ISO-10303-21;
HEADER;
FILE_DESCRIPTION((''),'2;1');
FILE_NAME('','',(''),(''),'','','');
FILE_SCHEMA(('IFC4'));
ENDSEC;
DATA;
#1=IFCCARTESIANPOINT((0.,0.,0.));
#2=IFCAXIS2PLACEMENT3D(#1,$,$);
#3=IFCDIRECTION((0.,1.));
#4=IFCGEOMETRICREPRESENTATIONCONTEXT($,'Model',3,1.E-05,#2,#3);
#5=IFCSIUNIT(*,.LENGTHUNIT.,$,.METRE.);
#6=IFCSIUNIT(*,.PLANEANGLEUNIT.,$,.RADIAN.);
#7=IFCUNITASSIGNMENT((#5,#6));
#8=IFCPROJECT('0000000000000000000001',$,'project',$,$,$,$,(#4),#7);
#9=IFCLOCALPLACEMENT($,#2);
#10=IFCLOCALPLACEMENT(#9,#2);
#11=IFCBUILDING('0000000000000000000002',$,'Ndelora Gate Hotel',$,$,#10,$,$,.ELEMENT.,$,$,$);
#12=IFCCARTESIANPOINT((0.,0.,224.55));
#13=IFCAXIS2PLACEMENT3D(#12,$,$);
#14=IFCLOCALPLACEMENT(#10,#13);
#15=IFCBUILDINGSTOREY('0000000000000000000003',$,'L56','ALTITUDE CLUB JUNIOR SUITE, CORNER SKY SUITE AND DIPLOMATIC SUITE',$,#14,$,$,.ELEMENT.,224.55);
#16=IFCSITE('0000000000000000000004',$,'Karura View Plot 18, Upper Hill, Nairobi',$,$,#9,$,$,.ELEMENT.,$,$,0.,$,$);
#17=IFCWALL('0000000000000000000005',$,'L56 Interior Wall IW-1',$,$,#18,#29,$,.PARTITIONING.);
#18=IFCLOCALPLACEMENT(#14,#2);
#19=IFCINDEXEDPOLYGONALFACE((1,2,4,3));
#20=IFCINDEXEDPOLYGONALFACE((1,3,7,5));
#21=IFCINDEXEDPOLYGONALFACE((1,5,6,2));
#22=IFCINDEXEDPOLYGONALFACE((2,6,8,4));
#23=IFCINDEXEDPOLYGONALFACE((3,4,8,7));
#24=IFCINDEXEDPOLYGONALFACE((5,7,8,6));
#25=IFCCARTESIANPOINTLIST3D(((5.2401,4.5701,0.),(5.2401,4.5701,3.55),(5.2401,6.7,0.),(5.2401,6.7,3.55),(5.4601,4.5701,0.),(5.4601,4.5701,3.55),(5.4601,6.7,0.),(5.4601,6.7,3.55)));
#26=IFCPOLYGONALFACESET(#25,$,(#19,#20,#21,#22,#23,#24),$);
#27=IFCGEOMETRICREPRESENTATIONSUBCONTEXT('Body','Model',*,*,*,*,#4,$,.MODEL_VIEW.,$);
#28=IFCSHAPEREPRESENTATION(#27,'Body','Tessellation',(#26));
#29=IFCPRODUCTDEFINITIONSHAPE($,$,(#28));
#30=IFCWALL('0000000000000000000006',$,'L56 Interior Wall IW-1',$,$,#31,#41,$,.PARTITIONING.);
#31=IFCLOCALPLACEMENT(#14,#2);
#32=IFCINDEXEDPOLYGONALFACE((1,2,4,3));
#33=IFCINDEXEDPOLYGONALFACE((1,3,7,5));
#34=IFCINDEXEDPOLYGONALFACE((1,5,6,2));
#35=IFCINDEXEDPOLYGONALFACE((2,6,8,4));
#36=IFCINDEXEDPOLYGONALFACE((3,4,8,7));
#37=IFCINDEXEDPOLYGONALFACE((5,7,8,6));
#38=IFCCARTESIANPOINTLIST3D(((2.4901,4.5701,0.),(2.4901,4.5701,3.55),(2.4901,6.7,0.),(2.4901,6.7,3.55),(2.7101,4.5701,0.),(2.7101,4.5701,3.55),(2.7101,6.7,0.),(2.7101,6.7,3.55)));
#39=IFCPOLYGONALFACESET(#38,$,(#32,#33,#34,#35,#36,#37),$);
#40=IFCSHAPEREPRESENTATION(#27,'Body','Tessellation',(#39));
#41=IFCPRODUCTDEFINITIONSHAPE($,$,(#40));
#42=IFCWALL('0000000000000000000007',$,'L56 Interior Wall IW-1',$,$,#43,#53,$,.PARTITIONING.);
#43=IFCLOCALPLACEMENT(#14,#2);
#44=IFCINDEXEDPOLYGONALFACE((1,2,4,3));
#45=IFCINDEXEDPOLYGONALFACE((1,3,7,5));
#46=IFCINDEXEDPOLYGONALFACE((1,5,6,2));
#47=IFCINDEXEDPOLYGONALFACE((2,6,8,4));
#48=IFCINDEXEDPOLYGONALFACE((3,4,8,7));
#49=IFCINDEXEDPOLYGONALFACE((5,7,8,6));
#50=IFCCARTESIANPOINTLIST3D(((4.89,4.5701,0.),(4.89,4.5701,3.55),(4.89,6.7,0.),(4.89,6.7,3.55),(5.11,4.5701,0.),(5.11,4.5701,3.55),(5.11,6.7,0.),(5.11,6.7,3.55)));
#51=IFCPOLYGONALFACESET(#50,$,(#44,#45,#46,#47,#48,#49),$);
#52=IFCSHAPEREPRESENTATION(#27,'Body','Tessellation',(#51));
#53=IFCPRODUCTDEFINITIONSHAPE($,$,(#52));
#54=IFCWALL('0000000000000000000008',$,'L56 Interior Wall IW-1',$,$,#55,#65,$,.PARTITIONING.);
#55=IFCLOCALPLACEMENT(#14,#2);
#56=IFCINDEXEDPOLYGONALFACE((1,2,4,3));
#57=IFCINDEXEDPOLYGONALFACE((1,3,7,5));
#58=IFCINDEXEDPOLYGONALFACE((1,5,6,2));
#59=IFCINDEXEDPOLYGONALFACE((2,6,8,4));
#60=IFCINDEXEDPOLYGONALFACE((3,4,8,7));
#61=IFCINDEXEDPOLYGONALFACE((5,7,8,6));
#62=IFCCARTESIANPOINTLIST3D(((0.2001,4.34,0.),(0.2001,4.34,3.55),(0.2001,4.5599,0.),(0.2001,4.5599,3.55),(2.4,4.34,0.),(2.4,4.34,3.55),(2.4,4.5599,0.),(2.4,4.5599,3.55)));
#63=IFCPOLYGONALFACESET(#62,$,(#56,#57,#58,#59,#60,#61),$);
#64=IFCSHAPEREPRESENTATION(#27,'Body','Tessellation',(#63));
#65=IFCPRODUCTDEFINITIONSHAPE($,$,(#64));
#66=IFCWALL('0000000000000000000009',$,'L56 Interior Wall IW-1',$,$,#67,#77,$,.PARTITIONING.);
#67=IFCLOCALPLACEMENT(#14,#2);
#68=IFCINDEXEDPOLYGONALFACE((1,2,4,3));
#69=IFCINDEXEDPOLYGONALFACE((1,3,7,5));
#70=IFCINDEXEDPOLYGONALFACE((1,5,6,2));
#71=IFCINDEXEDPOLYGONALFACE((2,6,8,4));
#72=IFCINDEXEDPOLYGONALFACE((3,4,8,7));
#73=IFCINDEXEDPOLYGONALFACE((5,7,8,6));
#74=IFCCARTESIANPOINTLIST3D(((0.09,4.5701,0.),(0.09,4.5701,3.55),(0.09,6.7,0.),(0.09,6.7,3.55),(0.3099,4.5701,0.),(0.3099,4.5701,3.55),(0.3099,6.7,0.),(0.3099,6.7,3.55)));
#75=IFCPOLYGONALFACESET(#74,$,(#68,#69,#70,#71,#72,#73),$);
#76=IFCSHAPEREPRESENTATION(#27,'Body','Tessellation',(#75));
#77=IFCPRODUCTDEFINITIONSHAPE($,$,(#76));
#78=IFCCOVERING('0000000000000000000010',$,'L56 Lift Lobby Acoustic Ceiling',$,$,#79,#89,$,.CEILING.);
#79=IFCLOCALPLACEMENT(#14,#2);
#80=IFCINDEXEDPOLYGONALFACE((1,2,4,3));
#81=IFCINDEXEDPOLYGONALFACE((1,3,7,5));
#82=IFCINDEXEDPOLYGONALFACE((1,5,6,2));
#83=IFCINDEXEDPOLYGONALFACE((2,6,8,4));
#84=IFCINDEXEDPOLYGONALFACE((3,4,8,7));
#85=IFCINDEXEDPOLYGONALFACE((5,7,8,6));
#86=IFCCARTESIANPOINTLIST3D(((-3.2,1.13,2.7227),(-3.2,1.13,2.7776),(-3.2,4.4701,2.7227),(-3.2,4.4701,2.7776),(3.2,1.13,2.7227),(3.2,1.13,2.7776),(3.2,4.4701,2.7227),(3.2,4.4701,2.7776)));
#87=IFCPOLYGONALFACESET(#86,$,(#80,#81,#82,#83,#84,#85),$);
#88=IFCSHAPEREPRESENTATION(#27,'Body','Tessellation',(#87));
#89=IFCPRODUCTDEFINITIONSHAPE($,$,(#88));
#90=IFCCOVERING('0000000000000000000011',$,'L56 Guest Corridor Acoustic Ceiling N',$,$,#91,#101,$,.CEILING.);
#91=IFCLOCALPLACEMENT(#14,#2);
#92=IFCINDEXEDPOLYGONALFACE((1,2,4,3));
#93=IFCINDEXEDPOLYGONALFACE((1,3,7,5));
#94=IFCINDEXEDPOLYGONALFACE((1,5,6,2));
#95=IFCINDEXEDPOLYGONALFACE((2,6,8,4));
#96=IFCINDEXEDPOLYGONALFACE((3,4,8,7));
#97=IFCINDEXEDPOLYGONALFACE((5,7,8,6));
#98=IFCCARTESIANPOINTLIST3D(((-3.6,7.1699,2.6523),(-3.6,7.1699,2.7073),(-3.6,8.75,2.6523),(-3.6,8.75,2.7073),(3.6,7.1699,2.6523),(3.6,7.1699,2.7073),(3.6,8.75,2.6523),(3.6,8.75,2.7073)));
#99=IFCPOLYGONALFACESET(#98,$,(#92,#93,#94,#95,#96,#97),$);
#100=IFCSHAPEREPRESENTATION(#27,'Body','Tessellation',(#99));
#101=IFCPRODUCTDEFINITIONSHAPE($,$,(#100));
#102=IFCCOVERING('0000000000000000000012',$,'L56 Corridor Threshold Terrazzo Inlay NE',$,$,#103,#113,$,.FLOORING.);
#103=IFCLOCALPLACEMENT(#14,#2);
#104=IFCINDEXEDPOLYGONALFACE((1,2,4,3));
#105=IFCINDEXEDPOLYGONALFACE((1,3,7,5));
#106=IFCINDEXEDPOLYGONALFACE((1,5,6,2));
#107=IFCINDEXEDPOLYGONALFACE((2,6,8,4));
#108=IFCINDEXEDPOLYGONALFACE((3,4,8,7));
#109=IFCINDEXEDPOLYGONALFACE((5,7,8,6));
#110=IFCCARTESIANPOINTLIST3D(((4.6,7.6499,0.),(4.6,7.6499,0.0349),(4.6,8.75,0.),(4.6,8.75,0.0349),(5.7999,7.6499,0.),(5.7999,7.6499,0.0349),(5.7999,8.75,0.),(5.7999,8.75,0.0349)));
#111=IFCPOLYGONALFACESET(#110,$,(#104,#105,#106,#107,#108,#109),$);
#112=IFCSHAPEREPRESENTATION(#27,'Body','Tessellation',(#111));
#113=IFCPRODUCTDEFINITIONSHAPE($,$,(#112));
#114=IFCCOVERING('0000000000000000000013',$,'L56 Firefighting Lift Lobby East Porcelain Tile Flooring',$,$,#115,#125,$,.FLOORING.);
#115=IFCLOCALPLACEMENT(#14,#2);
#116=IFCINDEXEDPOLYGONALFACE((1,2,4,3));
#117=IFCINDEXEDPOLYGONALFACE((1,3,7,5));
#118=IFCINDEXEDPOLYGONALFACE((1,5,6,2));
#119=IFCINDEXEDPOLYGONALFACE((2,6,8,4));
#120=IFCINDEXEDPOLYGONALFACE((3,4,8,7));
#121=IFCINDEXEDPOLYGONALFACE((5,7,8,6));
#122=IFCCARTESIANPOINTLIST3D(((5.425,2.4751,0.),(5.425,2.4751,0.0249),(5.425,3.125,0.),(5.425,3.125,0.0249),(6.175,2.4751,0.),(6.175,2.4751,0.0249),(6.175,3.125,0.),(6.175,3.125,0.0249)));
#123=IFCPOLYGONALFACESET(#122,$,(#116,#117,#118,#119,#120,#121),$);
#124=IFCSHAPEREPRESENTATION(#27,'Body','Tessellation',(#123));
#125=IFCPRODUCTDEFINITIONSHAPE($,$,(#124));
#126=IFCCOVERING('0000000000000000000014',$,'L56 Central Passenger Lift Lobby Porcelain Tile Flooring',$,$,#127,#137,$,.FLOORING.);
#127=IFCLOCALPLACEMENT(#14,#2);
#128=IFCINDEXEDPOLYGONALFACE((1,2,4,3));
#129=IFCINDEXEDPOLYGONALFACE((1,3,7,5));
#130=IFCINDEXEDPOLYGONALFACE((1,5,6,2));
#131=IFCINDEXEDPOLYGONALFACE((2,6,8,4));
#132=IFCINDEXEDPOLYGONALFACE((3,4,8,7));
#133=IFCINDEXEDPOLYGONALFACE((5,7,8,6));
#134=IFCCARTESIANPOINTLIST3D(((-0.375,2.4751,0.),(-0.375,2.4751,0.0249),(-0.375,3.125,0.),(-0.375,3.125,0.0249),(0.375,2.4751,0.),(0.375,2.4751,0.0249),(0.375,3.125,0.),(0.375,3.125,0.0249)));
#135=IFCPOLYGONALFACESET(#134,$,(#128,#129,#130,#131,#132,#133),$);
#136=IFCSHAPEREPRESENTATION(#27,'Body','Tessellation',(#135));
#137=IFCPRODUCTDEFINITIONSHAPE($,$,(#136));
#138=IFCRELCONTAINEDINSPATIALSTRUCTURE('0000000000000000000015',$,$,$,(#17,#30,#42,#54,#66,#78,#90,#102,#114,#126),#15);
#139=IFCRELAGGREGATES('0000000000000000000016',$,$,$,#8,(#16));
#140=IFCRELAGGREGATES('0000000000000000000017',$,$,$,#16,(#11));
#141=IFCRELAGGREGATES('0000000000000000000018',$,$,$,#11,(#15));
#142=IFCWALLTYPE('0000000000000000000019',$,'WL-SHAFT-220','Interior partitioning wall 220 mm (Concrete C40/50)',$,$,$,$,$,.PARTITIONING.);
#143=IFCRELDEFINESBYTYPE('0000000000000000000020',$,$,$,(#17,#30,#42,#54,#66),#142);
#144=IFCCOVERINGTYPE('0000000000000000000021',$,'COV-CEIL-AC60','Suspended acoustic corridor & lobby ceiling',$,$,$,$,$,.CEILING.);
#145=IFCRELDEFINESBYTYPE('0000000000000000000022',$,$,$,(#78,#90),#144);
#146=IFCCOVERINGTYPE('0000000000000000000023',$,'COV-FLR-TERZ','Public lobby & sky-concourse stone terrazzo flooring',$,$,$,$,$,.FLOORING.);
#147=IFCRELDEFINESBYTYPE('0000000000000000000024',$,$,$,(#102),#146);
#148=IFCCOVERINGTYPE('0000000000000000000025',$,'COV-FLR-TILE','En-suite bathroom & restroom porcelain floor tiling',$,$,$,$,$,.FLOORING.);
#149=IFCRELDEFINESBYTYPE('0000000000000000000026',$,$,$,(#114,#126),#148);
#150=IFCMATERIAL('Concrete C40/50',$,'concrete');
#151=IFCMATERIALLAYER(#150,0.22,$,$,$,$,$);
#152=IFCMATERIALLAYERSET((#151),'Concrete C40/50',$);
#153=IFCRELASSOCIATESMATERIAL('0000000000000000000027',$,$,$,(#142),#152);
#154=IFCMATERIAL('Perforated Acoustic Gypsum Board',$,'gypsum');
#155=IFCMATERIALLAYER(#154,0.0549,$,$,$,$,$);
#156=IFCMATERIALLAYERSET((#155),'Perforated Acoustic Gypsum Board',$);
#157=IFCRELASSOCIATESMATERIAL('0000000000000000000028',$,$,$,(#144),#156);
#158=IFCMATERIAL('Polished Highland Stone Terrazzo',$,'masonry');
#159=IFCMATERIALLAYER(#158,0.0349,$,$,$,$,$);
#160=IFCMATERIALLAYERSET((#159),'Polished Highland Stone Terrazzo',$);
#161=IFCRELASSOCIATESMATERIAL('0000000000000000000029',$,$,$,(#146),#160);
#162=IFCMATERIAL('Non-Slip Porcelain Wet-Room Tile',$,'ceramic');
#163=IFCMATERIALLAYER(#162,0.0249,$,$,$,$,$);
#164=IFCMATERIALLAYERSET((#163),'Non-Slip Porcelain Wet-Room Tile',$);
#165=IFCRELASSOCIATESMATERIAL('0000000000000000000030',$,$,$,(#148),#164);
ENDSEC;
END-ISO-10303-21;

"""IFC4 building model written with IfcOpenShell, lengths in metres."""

from ifc_helpers import new_model, si_unit, direction, frame, frame_2d, origin, origin_2d, place, context, subcontext, project, spatial, rectangle, extrude, material, layer, layer_set, type_object, element, save


model = new_model("IFC4")

# Units and contexts
model_context = context("Model", 3, precision=1e-05, world=origin(), true_north=direction((0.0, 1.0)))
body_context = subcontext(model_context, "Body", "Model", "MODEL_VIEW")
ifc_project = project(units=[si_unit("LENGTHUNIT", "METRE"), si_unit("PLANEANGLEUNIT", "RADIAN")], contexts=[model_context])

# Site, building, storey
site_placement = place(None, origin())
site = spatial("IfcSite", under=ifc_project, at=site_placement, Name="Karura View Plot 18, Upper Hill, Nairobi", CompositionType="ELEMENT", RefElevation=0.0)
building_placement = place(site_placement, origin())
building = spatial("IfcBuilding", under=site, at=building_placement, Name="Ndelora Gate Hotel", CompositionType="ELEMENT")
storey_placement = place(building_placement, frame((0.0, 0.0, 224.55)))
storey = spatial("IfcBuildingStorey", under=building, at=storey_placement, Name="L56", Description="ALTITUDE CLUB JUNIOR SUITE, CORNER SKY SUITE AND DIPLOMATIC SUITE", CompositionType="ELEMENT", Elevation=224.55)

# Shared definitions
ifc_material_1 = material(Name="Concrete C40/50", Category="concrete")

# Shared definitions
ifc_layer_1 = layer(ifc_material_1, 0.22)
ifc_layer_set_1 = layer_set([ifc_layer_1], Name="Concrete C40/50")
wall_type_1 = type_object("IfcWallType", Name="WL-SHAFT-220", Description="Interior partitioning wall 220 mm (Concrete C40/50)", PredefinedType="PARTITIONING", material=ifc_layer_set_1)

# Wall
wall_1_placement = place(storey_placement, frame((5.3501, 4.5701, 0.0), z_axis=(0.0, 0.0, 1.0), x_axis=(0.0, 1.0, 0.0)))
element("IfcWall", 1, at=wall_1_placement, inside=storey, type_object=wall_type_1, Name="L56 Interior Wall IW-1", PredefinedType="PARTITIONING", context=body_context, shape_type="SweptSolid", body=[
    extrude(rectangle(XDim=2.1299, YDim=0.22, at=frame_2d((1.0649, 0.0))), origin(), (0.0, 0.0, 1.0), 3.55),
])

# Walls
for number, where, z_axis, x_axis, name in (
    (2, (2.6001, 4.5701, 0.0), (0.0, 0.0, 1.0), (0.0, 1.0, 0.0), "L56 Interior Wall IW-1"),
    (3, (5.0, 4.5701, 0.0), (0.0, 0.0, 1.0), (0.0, 1.0, 0.0), "L56 Interior Wall IW-1"),
):
    element("IfcWall", number, at=place(storey_placement, frame(where, z_axis=z_axis, x_axis=x_axis)), inside=storey, type_object=wall_type_1, Name=name, PredefinedType="PARTITIONING", context=body_context, shape_type="SweptSolid", body=[
        extrude(rectangle(XDim=2.1299, YDim=0.22, at=frame_2d((1.0649, 0.0))), origin(), (0.0, 0.0, 1.0), 3.55),
    ])
wall_2_placement = place(storey_placement, frame((0.2, 4.45, 0.0), z_axis=(0.0, 0.0, 1.0), x_axis=(1.0, 0.0, 0.0)))
element("IfcWall", 4, at=wall_2_placement, inside=storey, type_object=wall_type_1, Name="L56 Interior Wall IW-1", PredefinedType="PARTITIONING", context=body_context, shape_type="SweptSolid", body=[
    extrude(rectangle(XDim=2.2, YDim=0.22, at=frame_2d((1.1001, 0.0))), origin(), (0.0, 0.0, 1.0), 3.55),
])
wall_3_placement = place(storey_placement, frame((0.2, 4.5701, 0.0), z_axis=(0.0, 0.0, 1.0), x_axis=(0.0, 1.0, 0.0)))
element("IfcWall", 5, at=wall_3_placement, inside=storey, type_object=wall_type_1, Name="L56 Interior Wall IW-1", PredefinedType="PARTITIONING", context=body_context, shape_type="SweptSolid", body=[
    extrude(rectangle(XDim=2.1299, YDim=0.22, at=frame_2d((1.0649, 0.0))), origin(), (0.0, 0.0, 1.0), 3.55),
])

# Coverings
ifc_material_2 = material(Name="Perforated Acoustic Gypsum Board", Category="gypsum")
ifc_layer_2 = layer(ifc_material_2, 0.0549)
ifc_layer_set_2 = layer_set([ifc_layer_2], Name="Perforated Acoustic Gypsum Board")
covering_type_1 = type_object("IfcCoveringType", Name="COV-CEIL-AC60", Description="Suspended acoustic corridor & lobby ceiling", PredefinedType="CEILING", material=ifc_layer_set_2)
covering_1_placement = place(storey_placement, frame((0.0, 2.8, 2.7227), z_axis=(0.0, 0.0, 1.0), x_axis=(1.0, 0.0, 0.0)))
element("IfcCovering", 6, at=covering_1_placement, inside=storey, type_object=covering_type_1, Name="L56 Lift Lobby Acoustic Ceiling", PredefinedType="CEILING", context=body_context, shape_type="SweptSolid", body=[
    extrude(rectangle(XDim=6.3999, YDim=3.3401, at=origin_2d()), origin(), (0.0, 0.0, 1.0), 0.0549),
])
covering_2_placement = place(storey_placement, frame((0.0, 7.96, 2.6523), z_axis=(0.0, 0.0, 1.0), x_axis=(1.0, 0.0, 0.0)))
element("IfcCovering", 7, at=covering_2_placement, inside=storey, type_object=covering_type_1, Name="L56 Guest Corridor Acoustic Ceiling N", PredefinedType="CEILING", context=body_context, shape_type="SweptSolid", body=[
    extrude(rectangle(XDim=7.2, YDim=1.5801, at=origin_2d()), origin(), (0.0, 0.0, 1.0), 0.0549),
])
ifc_material_3 = material(Name="Polished Highland Stone Terrazzo", Category="masonry")
ifc_layer_3 = layer(ifc_material_3, 0.0349)
ifc_layer_set_3 = layer_set([ifc_layer_3], Name="Polished Highland Stone Terrazzo")
covering_type_2 = type_object("IfcCoveringType", Name="COV-FLR-TERZ", Description="Public lobby & sky-concourse stone terrazzo flooring", PredefinedType="FLOORING", material=ifc_layer_set_3)
covering_3_placement = place(storey_placement, frame((5.2, 8.2, 0.0), z_axis=(0.0, 0.0, 1.0), x_axis=(1.0, 0.0, 0.0)))
element("IfcCovering", 8, at=covering_3_placement, inside=storey, type_object=covering_type_2, Name="L56 Corridor Threshold Terrazzo Inlay NE", PredefinedType="FLOORING", context=body_context, shape_type="SweptSolid", body=[
    extrude(rectangle(XDim=1.2, YDim=1.1001, at=origin_2d()), origin(), (0.0, 0.0, 1.0), 0.0349),
])
ifc_material_4 = material(Name="Non-Slip Porcelain Wet-Room Tile", Category="ceramic")
ifc_layer_4 = layer(ifc_material_4, 0.0249)
ifc_layer_set_4 = layer_set([ifc_layer_4], Name="Non-Slip Porcelain Wet-Room Tile")
covering_type_3 = type_object("IfcCoveringType", Name="COV-FLR-TILE", Description="En-suite bathroom & restroom porcelain floor tiling", PredefinedType="FLOORING", material=ifc_layer_set_4)
for number, where, z_axis, x_axis, name in (
    (9, (5.8, 2.8, 0.0), (0.0, 0.0, 1.0), (1.0, 0.0, 0.0), "L56 Firefighting Lift Lobby East Porcelain Tile Flooring"),
    (10, (0.0, 2.8, 0.0), (0.0, 0.0, 1.0), (1.0, 0.0, 0.0), "L56 Central Passenger Lift Lobby Porcelain Tile Flooring"),
):
    element("IfcCovering", number, at=place(storey_placement, frame(where, z_axis=z_axis, x_axis=x_axis)), inside=storey, type_object=covering_type_3, Name=name, PredefinedType="FLOORING", context=body_context, shape_type="SweptSolid", body=[
        extrude(rectangle(XDim=0.75, YDim=0.6499, at=origin_2d()), origin(), (0.0, 0.0, 1.0), 0.0249),
    ])

save(model, "model.ifc")
